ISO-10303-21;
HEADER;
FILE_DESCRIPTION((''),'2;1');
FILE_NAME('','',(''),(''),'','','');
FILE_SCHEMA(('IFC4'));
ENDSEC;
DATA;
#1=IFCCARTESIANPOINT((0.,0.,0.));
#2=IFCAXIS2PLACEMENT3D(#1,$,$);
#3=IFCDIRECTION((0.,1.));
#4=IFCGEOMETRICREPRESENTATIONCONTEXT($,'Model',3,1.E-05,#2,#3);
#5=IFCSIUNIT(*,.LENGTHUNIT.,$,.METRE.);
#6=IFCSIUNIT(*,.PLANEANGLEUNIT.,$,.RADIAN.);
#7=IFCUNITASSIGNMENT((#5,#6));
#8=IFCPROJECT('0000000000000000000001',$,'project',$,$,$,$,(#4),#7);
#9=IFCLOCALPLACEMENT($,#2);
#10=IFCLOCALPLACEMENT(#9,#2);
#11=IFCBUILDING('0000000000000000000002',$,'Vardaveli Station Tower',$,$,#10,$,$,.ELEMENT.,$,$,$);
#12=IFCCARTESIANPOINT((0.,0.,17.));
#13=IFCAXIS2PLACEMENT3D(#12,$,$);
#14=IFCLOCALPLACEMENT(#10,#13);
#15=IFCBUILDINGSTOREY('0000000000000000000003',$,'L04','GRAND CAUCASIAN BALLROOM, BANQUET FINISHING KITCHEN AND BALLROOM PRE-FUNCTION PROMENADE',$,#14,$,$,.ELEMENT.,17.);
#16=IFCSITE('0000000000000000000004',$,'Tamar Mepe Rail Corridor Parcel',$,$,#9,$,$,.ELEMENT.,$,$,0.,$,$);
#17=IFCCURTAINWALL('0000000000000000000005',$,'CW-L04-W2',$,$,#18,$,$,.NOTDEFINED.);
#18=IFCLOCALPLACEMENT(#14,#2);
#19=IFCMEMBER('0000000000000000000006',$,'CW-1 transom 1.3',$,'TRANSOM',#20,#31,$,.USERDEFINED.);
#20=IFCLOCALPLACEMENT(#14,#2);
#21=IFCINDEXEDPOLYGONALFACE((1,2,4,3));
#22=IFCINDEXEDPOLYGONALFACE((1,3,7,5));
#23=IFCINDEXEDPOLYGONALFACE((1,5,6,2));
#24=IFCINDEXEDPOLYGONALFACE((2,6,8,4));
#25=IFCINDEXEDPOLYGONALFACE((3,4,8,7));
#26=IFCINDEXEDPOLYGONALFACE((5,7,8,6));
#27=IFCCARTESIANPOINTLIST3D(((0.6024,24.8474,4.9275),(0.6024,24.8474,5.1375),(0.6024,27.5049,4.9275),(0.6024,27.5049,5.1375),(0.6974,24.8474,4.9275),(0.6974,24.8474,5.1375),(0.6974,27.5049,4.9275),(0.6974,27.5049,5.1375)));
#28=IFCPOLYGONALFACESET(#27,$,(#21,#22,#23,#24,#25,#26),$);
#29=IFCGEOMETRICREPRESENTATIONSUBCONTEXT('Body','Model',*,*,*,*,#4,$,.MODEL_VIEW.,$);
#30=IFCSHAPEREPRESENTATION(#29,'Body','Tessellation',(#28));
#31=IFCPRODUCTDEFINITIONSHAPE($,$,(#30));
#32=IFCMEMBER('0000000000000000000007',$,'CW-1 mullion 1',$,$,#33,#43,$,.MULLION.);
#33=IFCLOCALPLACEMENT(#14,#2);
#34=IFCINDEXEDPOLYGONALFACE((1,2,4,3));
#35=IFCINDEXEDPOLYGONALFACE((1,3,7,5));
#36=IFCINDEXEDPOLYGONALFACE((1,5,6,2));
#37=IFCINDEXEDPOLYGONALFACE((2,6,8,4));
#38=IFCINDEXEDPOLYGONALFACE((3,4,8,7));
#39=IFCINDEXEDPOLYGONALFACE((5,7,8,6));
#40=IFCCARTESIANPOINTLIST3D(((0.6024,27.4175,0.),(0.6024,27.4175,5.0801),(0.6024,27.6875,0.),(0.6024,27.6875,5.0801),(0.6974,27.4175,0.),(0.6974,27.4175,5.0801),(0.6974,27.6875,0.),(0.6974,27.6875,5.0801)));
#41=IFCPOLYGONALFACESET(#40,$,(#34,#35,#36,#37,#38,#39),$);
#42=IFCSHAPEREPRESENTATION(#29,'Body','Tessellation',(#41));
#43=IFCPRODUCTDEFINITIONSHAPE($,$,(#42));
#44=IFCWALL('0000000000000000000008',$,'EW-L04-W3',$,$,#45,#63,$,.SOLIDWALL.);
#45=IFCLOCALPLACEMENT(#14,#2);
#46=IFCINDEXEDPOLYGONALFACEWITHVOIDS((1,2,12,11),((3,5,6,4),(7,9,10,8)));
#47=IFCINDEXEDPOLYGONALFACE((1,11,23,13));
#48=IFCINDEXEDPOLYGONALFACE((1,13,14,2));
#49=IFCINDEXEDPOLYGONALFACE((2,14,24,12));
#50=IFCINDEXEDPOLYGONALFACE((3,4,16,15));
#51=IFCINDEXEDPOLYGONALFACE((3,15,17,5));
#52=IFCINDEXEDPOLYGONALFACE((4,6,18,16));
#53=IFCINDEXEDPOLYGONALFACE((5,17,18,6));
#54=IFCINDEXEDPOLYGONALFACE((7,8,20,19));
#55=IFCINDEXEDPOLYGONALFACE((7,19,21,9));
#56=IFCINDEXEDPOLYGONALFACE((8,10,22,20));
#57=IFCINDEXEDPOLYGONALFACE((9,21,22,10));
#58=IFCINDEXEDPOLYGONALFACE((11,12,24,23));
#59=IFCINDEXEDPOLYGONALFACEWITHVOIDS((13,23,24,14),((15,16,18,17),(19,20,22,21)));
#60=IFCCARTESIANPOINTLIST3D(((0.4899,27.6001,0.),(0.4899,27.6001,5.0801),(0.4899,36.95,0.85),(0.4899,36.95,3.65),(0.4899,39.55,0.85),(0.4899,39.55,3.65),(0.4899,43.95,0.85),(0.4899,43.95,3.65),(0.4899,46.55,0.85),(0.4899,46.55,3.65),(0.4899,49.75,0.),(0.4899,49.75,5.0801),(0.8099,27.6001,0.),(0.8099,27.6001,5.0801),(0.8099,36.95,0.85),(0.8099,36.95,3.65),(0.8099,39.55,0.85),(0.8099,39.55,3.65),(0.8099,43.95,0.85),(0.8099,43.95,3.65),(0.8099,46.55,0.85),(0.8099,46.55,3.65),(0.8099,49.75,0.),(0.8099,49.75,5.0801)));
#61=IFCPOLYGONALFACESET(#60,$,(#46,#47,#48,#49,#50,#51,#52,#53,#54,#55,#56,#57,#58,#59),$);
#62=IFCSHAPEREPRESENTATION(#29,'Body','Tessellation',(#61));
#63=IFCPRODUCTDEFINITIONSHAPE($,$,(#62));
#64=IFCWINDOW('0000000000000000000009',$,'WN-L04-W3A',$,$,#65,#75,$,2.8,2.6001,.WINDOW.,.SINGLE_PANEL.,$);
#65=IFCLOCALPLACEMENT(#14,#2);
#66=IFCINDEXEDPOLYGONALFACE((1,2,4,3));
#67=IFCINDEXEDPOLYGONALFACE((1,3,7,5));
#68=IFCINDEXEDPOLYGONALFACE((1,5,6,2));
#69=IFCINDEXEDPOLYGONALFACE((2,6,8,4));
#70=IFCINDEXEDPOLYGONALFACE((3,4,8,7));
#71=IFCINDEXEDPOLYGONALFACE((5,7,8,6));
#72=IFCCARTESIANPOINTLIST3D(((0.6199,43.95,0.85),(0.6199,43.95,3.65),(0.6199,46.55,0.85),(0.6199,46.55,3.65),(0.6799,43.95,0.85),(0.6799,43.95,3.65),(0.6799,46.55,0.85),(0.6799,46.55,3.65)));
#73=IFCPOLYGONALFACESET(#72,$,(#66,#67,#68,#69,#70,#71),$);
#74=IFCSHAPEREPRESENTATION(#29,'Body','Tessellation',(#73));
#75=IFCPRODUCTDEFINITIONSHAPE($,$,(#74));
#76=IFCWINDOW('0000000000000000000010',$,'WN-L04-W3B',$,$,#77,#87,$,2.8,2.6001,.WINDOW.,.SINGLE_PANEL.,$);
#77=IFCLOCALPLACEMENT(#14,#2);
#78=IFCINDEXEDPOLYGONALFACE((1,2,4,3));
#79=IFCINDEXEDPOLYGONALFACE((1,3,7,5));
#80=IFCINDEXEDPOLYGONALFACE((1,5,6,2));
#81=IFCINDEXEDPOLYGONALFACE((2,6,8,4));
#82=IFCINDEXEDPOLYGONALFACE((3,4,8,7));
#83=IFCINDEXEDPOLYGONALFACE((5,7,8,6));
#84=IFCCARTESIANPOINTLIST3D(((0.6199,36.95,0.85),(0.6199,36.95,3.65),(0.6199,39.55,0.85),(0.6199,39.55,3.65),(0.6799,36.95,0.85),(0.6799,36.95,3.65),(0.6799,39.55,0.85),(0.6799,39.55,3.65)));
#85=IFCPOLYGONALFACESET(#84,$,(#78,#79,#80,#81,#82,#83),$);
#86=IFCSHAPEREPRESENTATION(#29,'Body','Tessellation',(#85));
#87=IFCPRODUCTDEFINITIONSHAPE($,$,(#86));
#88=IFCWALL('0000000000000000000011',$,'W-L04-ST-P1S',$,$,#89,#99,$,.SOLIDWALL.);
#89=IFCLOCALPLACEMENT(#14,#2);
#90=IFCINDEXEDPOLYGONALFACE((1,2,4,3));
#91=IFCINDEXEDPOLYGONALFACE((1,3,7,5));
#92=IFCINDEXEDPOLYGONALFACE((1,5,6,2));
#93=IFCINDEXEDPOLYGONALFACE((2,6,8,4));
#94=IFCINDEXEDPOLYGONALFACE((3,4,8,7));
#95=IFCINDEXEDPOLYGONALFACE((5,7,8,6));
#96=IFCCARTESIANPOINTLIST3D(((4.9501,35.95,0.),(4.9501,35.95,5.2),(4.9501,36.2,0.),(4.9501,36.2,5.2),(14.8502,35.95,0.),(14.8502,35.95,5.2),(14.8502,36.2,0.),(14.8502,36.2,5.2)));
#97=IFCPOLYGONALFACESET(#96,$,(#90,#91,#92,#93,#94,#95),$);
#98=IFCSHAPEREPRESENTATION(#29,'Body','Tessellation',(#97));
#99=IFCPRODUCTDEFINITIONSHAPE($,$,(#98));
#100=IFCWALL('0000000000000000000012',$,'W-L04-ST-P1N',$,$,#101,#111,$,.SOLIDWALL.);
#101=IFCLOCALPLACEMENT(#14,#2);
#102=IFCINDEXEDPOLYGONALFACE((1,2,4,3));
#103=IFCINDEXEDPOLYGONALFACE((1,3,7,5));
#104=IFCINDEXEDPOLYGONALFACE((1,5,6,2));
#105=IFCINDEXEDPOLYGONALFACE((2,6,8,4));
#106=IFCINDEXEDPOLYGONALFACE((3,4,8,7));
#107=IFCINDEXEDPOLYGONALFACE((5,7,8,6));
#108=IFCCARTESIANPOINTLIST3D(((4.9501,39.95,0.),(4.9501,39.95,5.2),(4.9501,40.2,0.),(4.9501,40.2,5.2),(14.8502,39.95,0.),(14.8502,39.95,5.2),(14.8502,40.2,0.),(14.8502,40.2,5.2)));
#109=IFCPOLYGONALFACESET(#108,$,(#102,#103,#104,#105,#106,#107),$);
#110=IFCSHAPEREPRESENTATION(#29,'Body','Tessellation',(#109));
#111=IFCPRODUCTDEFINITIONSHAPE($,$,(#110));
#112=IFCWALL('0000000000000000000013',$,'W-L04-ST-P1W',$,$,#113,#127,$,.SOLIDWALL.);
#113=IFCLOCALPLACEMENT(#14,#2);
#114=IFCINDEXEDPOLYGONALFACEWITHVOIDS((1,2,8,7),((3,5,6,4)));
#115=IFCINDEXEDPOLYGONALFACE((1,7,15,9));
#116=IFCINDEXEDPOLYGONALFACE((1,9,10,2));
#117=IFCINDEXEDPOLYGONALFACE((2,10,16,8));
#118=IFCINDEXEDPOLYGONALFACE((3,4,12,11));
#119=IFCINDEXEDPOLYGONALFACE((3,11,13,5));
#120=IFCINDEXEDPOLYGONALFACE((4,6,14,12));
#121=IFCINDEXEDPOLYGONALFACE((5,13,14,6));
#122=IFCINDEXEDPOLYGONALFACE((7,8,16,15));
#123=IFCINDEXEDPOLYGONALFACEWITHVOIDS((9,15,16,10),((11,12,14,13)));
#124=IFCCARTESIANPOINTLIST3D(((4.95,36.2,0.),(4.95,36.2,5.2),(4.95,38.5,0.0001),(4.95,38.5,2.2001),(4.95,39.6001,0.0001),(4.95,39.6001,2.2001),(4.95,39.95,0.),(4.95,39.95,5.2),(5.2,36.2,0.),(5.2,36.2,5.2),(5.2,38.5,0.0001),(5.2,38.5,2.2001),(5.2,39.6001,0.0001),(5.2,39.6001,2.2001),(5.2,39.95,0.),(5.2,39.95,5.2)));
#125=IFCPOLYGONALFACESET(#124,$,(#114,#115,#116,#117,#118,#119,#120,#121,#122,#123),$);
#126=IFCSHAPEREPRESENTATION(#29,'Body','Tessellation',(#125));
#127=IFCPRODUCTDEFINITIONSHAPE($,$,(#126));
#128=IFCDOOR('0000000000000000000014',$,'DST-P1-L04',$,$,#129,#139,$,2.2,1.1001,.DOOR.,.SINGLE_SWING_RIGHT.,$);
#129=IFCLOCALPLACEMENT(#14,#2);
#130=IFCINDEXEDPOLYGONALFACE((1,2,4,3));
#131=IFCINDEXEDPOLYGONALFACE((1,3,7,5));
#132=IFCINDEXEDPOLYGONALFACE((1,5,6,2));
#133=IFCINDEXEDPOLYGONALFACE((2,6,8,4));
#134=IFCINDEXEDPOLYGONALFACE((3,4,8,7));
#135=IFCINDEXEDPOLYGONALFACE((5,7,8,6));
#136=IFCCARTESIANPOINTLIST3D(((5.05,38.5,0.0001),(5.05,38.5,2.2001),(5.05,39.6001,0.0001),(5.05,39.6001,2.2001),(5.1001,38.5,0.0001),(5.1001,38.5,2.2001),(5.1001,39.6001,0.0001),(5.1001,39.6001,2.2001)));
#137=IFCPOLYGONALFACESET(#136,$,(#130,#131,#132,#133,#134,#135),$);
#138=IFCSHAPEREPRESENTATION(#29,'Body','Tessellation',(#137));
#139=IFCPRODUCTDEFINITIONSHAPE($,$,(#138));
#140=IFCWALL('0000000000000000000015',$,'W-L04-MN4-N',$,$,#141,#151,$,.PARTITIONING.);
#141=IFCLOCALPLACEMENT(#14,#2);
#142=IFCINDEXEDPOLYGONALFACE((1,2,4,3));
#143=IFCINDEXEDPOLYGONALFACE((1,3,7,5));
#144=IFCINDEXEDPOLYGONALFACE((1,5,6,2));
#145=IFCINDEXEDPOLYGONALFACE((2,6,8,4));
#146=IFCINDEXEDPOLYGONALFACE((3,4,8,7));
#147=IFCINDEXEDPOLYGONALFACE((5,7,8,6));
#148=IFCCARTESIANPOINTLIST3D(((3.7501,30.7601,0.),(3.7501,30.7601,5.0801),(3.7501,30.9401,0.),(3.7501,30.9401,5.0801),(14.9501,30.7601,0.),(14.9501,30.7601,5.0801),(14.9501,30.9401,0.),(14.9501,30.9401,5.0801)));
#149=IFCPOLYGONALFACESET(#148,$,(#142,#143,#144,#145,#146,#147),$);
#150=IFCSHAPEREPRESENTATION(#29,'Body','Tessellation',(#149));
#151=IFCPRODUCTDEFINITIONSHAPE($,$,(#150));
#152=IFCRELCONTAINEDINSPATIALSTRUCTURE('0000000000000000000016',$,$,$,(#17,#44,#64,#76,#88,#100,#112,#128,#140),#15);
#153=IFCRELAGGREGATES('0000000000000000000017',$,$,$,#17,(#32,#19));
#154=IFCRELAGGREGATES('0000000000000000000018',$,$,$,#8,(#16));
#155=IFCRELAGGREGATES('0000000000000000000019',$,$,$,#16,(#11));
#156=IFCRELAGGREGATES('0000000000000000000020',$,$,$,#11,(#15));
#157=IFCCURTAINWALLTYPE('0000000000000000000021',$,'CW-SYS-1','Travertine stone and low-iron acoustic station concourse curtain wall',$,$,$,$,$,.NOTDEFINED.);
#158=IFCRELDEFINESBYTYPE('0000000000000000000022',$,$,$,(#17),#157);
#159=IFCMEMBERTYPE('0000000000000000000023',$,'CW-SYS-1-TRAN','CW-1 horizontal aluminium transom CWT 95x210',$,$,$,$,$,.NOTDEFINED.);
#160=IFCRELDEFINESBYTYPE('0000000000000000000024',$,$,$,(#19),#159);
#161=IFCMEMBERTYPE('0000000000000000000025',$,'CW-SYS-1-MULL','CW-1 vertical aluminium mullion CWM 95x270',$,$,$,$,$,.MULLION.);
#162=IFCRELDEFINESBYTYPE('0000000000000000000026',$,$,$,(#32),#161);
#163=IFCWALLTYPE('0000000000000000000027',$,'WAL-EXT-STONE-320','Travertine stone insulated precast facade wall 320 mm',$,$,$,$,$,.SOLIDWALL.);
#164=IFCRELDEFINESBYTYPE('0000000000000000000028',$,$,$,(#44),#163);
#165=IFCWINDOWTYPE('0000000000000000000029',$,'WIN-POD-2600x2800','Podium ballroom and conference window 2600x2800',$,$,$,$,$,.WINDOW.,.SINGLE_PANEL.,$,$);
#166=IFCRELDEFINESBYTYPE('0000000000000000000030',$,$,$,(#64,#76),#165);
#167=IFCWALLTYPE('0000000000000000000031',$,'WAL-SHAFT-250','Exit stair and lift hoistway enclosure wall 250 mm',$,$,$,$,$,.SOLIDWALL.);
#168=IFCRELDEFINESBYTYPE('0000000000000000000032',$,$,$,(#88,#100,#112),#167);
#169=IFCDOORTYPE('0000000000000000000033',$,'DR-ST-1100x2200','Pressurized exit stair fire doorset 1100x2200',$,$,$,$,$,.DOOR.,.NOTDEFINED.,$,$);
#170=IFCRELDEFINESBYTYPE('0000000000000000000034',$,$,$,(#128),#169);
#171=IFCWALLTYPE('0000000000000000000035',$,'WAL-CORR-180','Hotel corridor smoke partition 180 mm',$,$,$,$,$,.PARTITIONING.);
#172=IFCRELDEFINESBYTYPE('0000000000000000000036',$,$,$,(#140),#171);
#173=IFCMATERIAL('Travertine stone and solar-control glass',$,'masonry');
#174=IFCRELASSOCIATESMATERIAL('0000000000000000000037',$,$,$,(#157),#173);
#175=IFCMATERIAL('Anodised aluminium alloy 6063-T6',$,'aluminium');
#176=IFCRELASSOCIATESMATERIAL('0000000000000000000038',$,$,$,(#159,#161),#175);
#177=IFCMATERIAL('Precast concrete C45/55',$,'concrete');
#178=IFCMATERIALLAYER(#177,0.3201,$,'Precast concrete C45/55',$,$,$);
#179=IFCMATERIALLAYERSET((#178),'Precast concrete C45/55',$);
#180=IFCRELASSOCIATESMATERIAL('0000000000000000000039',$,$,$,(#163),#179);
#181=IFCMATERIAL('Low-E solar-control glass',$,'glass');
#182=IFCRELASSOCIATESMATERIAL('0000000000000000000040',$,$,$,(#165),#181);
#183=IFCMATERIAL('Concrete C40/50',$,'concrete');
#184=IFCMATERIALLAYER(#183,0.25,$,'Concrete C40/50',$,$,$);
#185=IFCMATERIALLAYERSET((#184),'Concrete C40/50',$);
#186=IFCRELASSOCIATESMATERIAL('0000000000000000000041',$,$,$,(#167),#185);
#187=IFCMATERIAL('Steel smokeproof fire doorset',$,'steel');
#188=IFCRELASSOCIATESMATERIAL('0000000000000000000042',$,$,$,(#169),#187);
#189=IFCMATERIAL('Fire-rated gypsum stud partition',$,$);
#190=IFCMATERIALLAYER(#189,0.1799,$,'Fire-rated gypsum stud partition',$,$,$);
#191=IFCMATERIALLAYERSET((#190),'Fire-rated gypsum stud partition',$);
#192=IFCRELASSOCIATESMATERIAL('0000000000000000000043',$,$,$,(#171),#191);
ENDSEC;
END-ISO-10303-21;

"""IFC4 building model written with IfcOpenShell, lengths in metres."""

from ifc_helpers import new_model, si_unit, direction, frame, frame_2d, origin, origin_2d, place, context, subcontext, project, spatial, rectangle, extrude, source, transform, mapped, material, layer, layer_set, material_profile, profile_set, type_object, element, fill, aggregate, save


model = new_model("IFC4")

# Units and contexts
model_context = context("Model", 3, precision=1e-05, world=origin(), true_north=direction((0.0, 1.0)))
body_context = subcontext(model_context, "Body", "Model", "MODEL_VIEW")
ifc_project = project(units=[si_unit("LENGTHUNIT", "METRE"), si_unit("PLANEANGLEUNIT", "RADIAN")], contexts=[model_context])

# Site, building, storey
site_placement = place(None, origin())
site = spatial("IfcSite", under=ifc_project, at=site_placement, Name="Tamar Mepe Rail Corridor Parcel", CompositionType="ELEMENT", RefElevation=0.0)
building_placement = place(site_placement, origin())
building = spatial("IfcBuilding", under=site, at=building_placement, Name="Vardaveli Station Tower", CompositionType="ELEMENT")
storey_placement = place(building_placement, frame((0.0, 0.0, 17.0)))
storey = spatial("IfcBuildingStorey", under=building, at=storey_placement, Name="L04", Description="GRAND CAUCASIAN BALLROOM, BANQUET FINISHING KITCHEN AND BALLROOM PRE-FUNCTION PROMENADE", CompositionType="ELEMENT", Elevation=17.0)

# Curtain wall, members
ifc_material_1 = material(Name="Travertine stone and solar-control glass", Category="masonry")
curtain_wall_type = type_object("IfcCurtainWallType", Name="CW-SYS-1", Description="Travertine stone and low-iron acoustic station concourse curtain wall", PredefinedType="NOTDEFINED", material=ifc_material_1)
curtain_wall_placement = place(storey_placement, origin())
curtain_wall = element("IfcCurtainWall", 1, at=curtain_wall_placement, inside=storey, type_object=curtain_wall_type, Name="CW-L04-W2", PredefinedType="NOTDEFINED")
ifc_material_2 = material(Name="Anodised aluminium alloy 6063-T6", Category="aluminium")
ifc_material_profile_1 = material_profile(ifc_material_2, rectangle(XDim=0.095, YDim=0.21, at=origin_2d()), Name="CWT 95x210")
ifc_profile_set_1 = profile_set([ifc_material_profile_1], Name="Anodised aluminium alloy 6063-T6")
member_type_1 = type_object("IfcMemberType", Name="CW-SYS-1-TRAN", Description="CW-1 horizontal aluminium transom CWT 95x210", PredefinedType="NOTDEFINED", material=ifc_profile_set_1)
shared_shape_1 = source(origin(), body_context, "Body", "SweptSolid", [
    extrude(rectangle(XDim=0.095, YDim=0.21, at=origin_2d()), origin(), (0.0, 0.0, 1.0), 2.6575),
])
member_1_placement = place(storey_placement, frame((0.6499, 27.5049, 5.0325), z_axis=(0.0, -1.0, 0.0), x_axis=(1.0, 0.0, 0.0)))
member_1 = element("IfcMember", 2, at=member_1_placement, type_object=member_type_1, Name="CW-1 transom 1.3", ObjectType="TRANSOM", PredefinedType="USERDEFINED", context=body_context, shape_type="MappedRepresentation", body=[
    mapped(shared_shape_1, transform((0.0, 0.0, 0.0), scale=1.0)),
])
ifc_material_profile_2 = material_profile(ifc_material_2, rectangle(XDim=0.095, YDim=0.27, at=origin_2d()), Name="CWM 95x270")
ifc_profile_set_2 = profile_set([ifc_material_profile_2], Name="Anodised aluminium alloy 6063-T6")
member_type_2 = type_object("IfcMemberType", Name="CW-SYS-1-MULL", Description="CW-1 vertical aluminium mullion CWM 95x270", PredefinedType="MULLION", material=ifc_profile_set_2)
shared_shape_2 = source(origin(), body_context, "Body", "SweptSolid", [
    extrude(rectangle(XDim=0.095, YDim=0.27, at=origin_2d()), origin(), (0.0, 0.0, 1.0), 5.0801),
])
member_2_placement = place(storey_placement, frame((0.6499, 27.5525, 0.0), z_axis=(0.0, 0.0, 1.0), x_axis=(1.0, 0.0, 0.0)))
member_2 = element("IfcMember", 3, at=member_2_placement, type_object=member_type_2, Name="CW-1 mullion 1", PredefinedType="MULLION", context=body_context, shape_type="MappedRepresentation", body=[
    mapped(shared_shape_2, transform((0.0, 0.0, 0.0), scale=1.0)),
])
aggregate(curtain_wall, [member_2, member_1])

# Wall, openings, windows
ifc_material_3 = material(Name="Precast concrete C45/55", Category="concrete")
ifc_layer_1 = layer(ifc_material_3, 0.3201, Name="Precast concrete C45/55")
ifc_layer_set_1 = layer_set([ifc_layer_1], Name="Precast concrete C45/55")
wall_type_1 = type_object("IfcWallType", Name="WAL-EXT-STONE-320", Description="Travertine stone insulated precast facade wall 320 mm", PredefinedType="SOLIDWALL", material=ifc_layer_set_1)
shared_shape_3 = source(origin(), body_context, "Body", "SweptSolid", [
    extrude(rectangle(XDim=22.1499, YDim=0.3201, at=frame_2d((11.075, 0.0))), origin(), (0.0, 0.0, 1.0), 5.0801),
])
wall_1_placement = place(storey_placement, frame((0.6499, 49.75, 0.0), z_axis=(0.0, 0.0, 1.0), x_axis=(0.0, -1.0, 0.0)))
wall_1 = element("IfcWall", 4, at=wall_1_placement, inside=storey, type_object=wall_type_1, Name="EW-L04-W3", PredefinedType="SOLIDWALL", context=body_context, shape_type="MappedRepresentation", body=[
    mapped(shared_shape_3, transform((0.0, 0.0, 0.0), scale=1.0)),
])
shared_shape_4 = source(origin(), body_context, "Body", "SweptSolid", [
    extrude(rectangle(XDim=2.6001, YDim=2.8, at=frame_2d((1.3, 1.3999))), frame((0.0, 0.1699, 0.0), z_axis=(0.0, -1.0, 0.0), x_axis=(1.0, 0.0, 0.0)), (0.0, 0.0, 1.0), 0.3401),
])
opening_1_placement = place(wall_1_placement, frame((3.2, 0.0, 0.8501)))
opening_1 = element("IfcOpeningElement", 5, at=opening_1_placement, cuts=wall_1, PredefinedType="OPENING", context=body_context, shape_type="MappedRepresentation", body=[
    mapped(shared_shape_4, transform((0.0, 0.0, 0.0), scale=1.0)),
])
opening_2_placement = place(wall_1_placement, frame((10.2, 0.0, 0.8501)))
opening_2 = element("IfcOpeningElement", 6, at=opening_2_placement, cuts=wall_1, PredefinedType="OPENING", context=body_context, shape_type="MappedRepresentation", body=[
    mapped(shared_shape_4, transform((0.0, 0.0, 0.0), scale=1.0)),
])
ifc_material_4 = material(Name="Low-E solar-control glass", Category="glass")
window_type = type_object("IfcWindowType", Name="WIN-POD-2600x2800", Description="Podium ballroom and conference window 2600x2800", PartitioningType="SINGLE_PANEL", PredefinedType="WINDOW", material=ifc_material_4)
shared_shape_5 = source(origin(), body_context, "Body", "SweptSolid", [
    extrude(rectangle(XDim=2.6001, YDim=2.8, at=frame_2d((1.3, 1.3999))), frame((0.0, 0.03, 0.0), z_axis=(0.0, -1.0, 0.0), x_axis=(1.0, 0.0, 0.0)), (0.0, 0.0, 1.0), 0.0601),
])
window_1_placement = place(opening_1_placement, origin())
window_1 = element("IfcWindow", 7, at=window_1_placement, inside=storey, type_object=window_type, Name="WN-L04-W3A", OverallHeight=2.8, OverallWidth=2.6001, PartitioningType="SINGLE_PANEL", PredefinedType="WINDOW", context=body_context, shape_type="MappedRepresentation", body=[
    mapped(shared_shape_5, transform((0.0, 0.0, 0.0), scale=1.0)),
])
fill(opening_1, window_1)
window_2_placement = place(opening_2_placement, origin())
window_2 = element("IfcWindow", 8, at=window_2_placement, inside=storey, type_object=window_type, Name="WN-L04-W3B", OverallHeight=2.8, OverallWidth=2.6001, PartitioningType="SINGLE_PANEL", PredefinedType="WINDOW", context=body_context, shape_type="MappedRepresentation", body=[
    mapped(shared_shape_5, transform((0.0, 0.0, 0.0), scale=1.0)),
])
fill(opening_2, window_2)

# Walls
ifc_material_5 = material(Name="Concrete C40/50", Category="concrete")
ifc_layer_2 = layer(ifc_material_5, 0.25, Name="Concrete C40/50")
ifc_layer_set_2 = layer_set([ifc_layer_2], Name="Concrete C40/50")
wall_type_2 = type_object("IfcWallType", Name="WAL-SHAFT-250", Description="Exit stair and lift hoistway enclosure wall 250 mm", PredefinedType="SOLIDWALL", material=ifc_layer_set_2)
shared_shape_6 = source(origin(), body_context, "Body", "SweptSolid", [
    extrude(rectangle(XDim=9.9001, YDim=0.25, at=frame_2d((4.9502, 0.0))), origin(), (0.0, 0.0, 1.0), 5.2),
])
for number, where, z_axis, x_axis, name in (
    (9, (4.95, 36.075, 0.0), (0.0, 0.0, 1.0), (1.0, 0.0, 0.0), "W-L04-ST-P1S"),
    (10, (4.95, 40.075, 0.0), (0.0, 0.0, 1.0), (1.0, 0.0, 0.0), "W-L04-ST-P1N"),
):
    element("IfcWall", number, at=place(storey_placement, frame(where, z_axis=z_axis, x_axis=x_axis)), inside=storey, type_object=wall_type_2, Name=name, PredefinedType="SOLIDWALL", context=body_context, shape_type="MappedRepresentation", body=[
        mapped(shared_shape_6, transform((0.0, 0.0, 0.0), scale=1.0)),
    ])

# Wall, opening, door
shared_shape_7 = source(origin(), body_context, "Body", "SweptSolid", [
    extrude(rectangle(XDim=3.75, YDim=0.25, at=frame_2d((1.875, 0.0))), origin(), (0.0, 0.0, 1.0), 5.2),
])
wall_2_placement = place(storey_placement, frame((5.075, 36.2, 0.0), z_axis=(0.0, 0.0, 1.0), x_axis=(0.0, 1.0, 0.0)))
wall_2 = element("IfcWall", 11, at=wall_2_placement, inside=storey, type_object=wall_type_2, Name="W-L04-ST-P1W", PredefinedType="SOLIDWALL", context=body_context, shape_type="MappedRepresentation", body=[
    mapped(shared_shape_7, transform((0.0, 0.0, 0.0), scale=1.0)),
])
shared_shape_8 = source(origin(), body_context, "Body", "SweptSolid", [
    extrude(rectangle(XDim=1.1001, YDim=2.2, at=frame_2d((0.55, 1.1001))), frame((0.0, 0.135, 0.0), z_axis=(0.0, -1.0, 0.0), x_axis=(1.0, 0.0, 0.0)), (0.0, 0.0, 1.0), 0.27),
])
opening_3_placement = place(wall_2_placement, frame((2.3, 0.0, 0.0)))
opening_3 = element("IfcOpeningElement", 12, at=opening_3_placement, cuts=wall_2, PredefinedType="OPENING", context=body_context, shape_type="MappedRepresentation", body=[
    mapped(shared_shape_8, transform((0.0, 0.0, 0.0), scale=1.0)),
])
ifc_material_6 = material(Name="Steel smokeproof fire doorset", Category="steel")
door_type = type_object("IfcDoorType", Name="DR-ST-1100x2200", Description="Pressurized exit stair fire doorset 1100x2200", OperationType="NOTDEFINED", PredefinedType="DOOR", material=ifc_material_6)
shared_shape_9 = source(origin(), body_context, "Body", "SweptSolid", [
    extrude(rectangle(XDim=1.1001, YDim=2.2, at=frame_2d((0.55, 1.1001))), frame((0.0, 0.0249, 0.0), z_axis=(0.0, -1.0, 0.0), x_axis=(1.0, 0.0, 0.0)), (0.0, 0.0, 1.0), 0.05),
])
door_placement = place(opening_3_placement, origin())
door = element("IfcDoor", 13, at=door_placement, inside=storey, type_object=door_type, Name="DST-P1-L04", OperationType="SINGLE_SWING_RIGHT", OverallHeight=2.2, OverallWidth=1.1001, PredefinedType="DOOR", context=body_context, shape_type="MappedRepresentation", body=[
    mapped(shared_shape_9, transform((0.0, 0.0, 0.0), scale=1.0)),
])
fill(opening_3, door)

# Wall
ifc_material_7 = material(Name="Fire-rated gypsum stud partition")
ifc_layer_3 = layer(ifc_material_7, 0.1799, Name="Fire-rated gypsum stud partition")
ifc_layer_set_3 = layer_set([ifc_layer_3], Name="Fire-rated gypsum stud partition")
wall_type_3 = type_object("IfcWallType", Name="WAL-CORR-180", Description="Hotel corridor smoke partition 180 mm", PredefinedType="PARTITIONING", material=ifc_layer_set_3)
shared_shape_10 = source(origin(), body_context, "Body", "SweptSolid", [
    extrude(rectangle(XDim=11.2, YDim=0.1799, at=frame_2d((5.6001, 0.0))), origin(), (0.0, 0.0, 1.0), 5.0801),
])
wall_3_placement = place(storey_placement, frame((3.75, 30.8501, 0.0), z_axis=(0.0, 0.0, 1.0), x_axis=(1.0, 0.0, 0.0)))
element("IfcWall", 14, at=wall_3_placement, inside=storey, type_object=wall_type_3, Name="W-L04-MN4-N", PredefinedType="PARTITIONING", context=body_context, shape_type="MappedRepresentation", body=[
    mapped(shared_shape_10, transform((0.0, 0.0, 0.0), scale=1.0)),
])

save(model, "model.ifc")
